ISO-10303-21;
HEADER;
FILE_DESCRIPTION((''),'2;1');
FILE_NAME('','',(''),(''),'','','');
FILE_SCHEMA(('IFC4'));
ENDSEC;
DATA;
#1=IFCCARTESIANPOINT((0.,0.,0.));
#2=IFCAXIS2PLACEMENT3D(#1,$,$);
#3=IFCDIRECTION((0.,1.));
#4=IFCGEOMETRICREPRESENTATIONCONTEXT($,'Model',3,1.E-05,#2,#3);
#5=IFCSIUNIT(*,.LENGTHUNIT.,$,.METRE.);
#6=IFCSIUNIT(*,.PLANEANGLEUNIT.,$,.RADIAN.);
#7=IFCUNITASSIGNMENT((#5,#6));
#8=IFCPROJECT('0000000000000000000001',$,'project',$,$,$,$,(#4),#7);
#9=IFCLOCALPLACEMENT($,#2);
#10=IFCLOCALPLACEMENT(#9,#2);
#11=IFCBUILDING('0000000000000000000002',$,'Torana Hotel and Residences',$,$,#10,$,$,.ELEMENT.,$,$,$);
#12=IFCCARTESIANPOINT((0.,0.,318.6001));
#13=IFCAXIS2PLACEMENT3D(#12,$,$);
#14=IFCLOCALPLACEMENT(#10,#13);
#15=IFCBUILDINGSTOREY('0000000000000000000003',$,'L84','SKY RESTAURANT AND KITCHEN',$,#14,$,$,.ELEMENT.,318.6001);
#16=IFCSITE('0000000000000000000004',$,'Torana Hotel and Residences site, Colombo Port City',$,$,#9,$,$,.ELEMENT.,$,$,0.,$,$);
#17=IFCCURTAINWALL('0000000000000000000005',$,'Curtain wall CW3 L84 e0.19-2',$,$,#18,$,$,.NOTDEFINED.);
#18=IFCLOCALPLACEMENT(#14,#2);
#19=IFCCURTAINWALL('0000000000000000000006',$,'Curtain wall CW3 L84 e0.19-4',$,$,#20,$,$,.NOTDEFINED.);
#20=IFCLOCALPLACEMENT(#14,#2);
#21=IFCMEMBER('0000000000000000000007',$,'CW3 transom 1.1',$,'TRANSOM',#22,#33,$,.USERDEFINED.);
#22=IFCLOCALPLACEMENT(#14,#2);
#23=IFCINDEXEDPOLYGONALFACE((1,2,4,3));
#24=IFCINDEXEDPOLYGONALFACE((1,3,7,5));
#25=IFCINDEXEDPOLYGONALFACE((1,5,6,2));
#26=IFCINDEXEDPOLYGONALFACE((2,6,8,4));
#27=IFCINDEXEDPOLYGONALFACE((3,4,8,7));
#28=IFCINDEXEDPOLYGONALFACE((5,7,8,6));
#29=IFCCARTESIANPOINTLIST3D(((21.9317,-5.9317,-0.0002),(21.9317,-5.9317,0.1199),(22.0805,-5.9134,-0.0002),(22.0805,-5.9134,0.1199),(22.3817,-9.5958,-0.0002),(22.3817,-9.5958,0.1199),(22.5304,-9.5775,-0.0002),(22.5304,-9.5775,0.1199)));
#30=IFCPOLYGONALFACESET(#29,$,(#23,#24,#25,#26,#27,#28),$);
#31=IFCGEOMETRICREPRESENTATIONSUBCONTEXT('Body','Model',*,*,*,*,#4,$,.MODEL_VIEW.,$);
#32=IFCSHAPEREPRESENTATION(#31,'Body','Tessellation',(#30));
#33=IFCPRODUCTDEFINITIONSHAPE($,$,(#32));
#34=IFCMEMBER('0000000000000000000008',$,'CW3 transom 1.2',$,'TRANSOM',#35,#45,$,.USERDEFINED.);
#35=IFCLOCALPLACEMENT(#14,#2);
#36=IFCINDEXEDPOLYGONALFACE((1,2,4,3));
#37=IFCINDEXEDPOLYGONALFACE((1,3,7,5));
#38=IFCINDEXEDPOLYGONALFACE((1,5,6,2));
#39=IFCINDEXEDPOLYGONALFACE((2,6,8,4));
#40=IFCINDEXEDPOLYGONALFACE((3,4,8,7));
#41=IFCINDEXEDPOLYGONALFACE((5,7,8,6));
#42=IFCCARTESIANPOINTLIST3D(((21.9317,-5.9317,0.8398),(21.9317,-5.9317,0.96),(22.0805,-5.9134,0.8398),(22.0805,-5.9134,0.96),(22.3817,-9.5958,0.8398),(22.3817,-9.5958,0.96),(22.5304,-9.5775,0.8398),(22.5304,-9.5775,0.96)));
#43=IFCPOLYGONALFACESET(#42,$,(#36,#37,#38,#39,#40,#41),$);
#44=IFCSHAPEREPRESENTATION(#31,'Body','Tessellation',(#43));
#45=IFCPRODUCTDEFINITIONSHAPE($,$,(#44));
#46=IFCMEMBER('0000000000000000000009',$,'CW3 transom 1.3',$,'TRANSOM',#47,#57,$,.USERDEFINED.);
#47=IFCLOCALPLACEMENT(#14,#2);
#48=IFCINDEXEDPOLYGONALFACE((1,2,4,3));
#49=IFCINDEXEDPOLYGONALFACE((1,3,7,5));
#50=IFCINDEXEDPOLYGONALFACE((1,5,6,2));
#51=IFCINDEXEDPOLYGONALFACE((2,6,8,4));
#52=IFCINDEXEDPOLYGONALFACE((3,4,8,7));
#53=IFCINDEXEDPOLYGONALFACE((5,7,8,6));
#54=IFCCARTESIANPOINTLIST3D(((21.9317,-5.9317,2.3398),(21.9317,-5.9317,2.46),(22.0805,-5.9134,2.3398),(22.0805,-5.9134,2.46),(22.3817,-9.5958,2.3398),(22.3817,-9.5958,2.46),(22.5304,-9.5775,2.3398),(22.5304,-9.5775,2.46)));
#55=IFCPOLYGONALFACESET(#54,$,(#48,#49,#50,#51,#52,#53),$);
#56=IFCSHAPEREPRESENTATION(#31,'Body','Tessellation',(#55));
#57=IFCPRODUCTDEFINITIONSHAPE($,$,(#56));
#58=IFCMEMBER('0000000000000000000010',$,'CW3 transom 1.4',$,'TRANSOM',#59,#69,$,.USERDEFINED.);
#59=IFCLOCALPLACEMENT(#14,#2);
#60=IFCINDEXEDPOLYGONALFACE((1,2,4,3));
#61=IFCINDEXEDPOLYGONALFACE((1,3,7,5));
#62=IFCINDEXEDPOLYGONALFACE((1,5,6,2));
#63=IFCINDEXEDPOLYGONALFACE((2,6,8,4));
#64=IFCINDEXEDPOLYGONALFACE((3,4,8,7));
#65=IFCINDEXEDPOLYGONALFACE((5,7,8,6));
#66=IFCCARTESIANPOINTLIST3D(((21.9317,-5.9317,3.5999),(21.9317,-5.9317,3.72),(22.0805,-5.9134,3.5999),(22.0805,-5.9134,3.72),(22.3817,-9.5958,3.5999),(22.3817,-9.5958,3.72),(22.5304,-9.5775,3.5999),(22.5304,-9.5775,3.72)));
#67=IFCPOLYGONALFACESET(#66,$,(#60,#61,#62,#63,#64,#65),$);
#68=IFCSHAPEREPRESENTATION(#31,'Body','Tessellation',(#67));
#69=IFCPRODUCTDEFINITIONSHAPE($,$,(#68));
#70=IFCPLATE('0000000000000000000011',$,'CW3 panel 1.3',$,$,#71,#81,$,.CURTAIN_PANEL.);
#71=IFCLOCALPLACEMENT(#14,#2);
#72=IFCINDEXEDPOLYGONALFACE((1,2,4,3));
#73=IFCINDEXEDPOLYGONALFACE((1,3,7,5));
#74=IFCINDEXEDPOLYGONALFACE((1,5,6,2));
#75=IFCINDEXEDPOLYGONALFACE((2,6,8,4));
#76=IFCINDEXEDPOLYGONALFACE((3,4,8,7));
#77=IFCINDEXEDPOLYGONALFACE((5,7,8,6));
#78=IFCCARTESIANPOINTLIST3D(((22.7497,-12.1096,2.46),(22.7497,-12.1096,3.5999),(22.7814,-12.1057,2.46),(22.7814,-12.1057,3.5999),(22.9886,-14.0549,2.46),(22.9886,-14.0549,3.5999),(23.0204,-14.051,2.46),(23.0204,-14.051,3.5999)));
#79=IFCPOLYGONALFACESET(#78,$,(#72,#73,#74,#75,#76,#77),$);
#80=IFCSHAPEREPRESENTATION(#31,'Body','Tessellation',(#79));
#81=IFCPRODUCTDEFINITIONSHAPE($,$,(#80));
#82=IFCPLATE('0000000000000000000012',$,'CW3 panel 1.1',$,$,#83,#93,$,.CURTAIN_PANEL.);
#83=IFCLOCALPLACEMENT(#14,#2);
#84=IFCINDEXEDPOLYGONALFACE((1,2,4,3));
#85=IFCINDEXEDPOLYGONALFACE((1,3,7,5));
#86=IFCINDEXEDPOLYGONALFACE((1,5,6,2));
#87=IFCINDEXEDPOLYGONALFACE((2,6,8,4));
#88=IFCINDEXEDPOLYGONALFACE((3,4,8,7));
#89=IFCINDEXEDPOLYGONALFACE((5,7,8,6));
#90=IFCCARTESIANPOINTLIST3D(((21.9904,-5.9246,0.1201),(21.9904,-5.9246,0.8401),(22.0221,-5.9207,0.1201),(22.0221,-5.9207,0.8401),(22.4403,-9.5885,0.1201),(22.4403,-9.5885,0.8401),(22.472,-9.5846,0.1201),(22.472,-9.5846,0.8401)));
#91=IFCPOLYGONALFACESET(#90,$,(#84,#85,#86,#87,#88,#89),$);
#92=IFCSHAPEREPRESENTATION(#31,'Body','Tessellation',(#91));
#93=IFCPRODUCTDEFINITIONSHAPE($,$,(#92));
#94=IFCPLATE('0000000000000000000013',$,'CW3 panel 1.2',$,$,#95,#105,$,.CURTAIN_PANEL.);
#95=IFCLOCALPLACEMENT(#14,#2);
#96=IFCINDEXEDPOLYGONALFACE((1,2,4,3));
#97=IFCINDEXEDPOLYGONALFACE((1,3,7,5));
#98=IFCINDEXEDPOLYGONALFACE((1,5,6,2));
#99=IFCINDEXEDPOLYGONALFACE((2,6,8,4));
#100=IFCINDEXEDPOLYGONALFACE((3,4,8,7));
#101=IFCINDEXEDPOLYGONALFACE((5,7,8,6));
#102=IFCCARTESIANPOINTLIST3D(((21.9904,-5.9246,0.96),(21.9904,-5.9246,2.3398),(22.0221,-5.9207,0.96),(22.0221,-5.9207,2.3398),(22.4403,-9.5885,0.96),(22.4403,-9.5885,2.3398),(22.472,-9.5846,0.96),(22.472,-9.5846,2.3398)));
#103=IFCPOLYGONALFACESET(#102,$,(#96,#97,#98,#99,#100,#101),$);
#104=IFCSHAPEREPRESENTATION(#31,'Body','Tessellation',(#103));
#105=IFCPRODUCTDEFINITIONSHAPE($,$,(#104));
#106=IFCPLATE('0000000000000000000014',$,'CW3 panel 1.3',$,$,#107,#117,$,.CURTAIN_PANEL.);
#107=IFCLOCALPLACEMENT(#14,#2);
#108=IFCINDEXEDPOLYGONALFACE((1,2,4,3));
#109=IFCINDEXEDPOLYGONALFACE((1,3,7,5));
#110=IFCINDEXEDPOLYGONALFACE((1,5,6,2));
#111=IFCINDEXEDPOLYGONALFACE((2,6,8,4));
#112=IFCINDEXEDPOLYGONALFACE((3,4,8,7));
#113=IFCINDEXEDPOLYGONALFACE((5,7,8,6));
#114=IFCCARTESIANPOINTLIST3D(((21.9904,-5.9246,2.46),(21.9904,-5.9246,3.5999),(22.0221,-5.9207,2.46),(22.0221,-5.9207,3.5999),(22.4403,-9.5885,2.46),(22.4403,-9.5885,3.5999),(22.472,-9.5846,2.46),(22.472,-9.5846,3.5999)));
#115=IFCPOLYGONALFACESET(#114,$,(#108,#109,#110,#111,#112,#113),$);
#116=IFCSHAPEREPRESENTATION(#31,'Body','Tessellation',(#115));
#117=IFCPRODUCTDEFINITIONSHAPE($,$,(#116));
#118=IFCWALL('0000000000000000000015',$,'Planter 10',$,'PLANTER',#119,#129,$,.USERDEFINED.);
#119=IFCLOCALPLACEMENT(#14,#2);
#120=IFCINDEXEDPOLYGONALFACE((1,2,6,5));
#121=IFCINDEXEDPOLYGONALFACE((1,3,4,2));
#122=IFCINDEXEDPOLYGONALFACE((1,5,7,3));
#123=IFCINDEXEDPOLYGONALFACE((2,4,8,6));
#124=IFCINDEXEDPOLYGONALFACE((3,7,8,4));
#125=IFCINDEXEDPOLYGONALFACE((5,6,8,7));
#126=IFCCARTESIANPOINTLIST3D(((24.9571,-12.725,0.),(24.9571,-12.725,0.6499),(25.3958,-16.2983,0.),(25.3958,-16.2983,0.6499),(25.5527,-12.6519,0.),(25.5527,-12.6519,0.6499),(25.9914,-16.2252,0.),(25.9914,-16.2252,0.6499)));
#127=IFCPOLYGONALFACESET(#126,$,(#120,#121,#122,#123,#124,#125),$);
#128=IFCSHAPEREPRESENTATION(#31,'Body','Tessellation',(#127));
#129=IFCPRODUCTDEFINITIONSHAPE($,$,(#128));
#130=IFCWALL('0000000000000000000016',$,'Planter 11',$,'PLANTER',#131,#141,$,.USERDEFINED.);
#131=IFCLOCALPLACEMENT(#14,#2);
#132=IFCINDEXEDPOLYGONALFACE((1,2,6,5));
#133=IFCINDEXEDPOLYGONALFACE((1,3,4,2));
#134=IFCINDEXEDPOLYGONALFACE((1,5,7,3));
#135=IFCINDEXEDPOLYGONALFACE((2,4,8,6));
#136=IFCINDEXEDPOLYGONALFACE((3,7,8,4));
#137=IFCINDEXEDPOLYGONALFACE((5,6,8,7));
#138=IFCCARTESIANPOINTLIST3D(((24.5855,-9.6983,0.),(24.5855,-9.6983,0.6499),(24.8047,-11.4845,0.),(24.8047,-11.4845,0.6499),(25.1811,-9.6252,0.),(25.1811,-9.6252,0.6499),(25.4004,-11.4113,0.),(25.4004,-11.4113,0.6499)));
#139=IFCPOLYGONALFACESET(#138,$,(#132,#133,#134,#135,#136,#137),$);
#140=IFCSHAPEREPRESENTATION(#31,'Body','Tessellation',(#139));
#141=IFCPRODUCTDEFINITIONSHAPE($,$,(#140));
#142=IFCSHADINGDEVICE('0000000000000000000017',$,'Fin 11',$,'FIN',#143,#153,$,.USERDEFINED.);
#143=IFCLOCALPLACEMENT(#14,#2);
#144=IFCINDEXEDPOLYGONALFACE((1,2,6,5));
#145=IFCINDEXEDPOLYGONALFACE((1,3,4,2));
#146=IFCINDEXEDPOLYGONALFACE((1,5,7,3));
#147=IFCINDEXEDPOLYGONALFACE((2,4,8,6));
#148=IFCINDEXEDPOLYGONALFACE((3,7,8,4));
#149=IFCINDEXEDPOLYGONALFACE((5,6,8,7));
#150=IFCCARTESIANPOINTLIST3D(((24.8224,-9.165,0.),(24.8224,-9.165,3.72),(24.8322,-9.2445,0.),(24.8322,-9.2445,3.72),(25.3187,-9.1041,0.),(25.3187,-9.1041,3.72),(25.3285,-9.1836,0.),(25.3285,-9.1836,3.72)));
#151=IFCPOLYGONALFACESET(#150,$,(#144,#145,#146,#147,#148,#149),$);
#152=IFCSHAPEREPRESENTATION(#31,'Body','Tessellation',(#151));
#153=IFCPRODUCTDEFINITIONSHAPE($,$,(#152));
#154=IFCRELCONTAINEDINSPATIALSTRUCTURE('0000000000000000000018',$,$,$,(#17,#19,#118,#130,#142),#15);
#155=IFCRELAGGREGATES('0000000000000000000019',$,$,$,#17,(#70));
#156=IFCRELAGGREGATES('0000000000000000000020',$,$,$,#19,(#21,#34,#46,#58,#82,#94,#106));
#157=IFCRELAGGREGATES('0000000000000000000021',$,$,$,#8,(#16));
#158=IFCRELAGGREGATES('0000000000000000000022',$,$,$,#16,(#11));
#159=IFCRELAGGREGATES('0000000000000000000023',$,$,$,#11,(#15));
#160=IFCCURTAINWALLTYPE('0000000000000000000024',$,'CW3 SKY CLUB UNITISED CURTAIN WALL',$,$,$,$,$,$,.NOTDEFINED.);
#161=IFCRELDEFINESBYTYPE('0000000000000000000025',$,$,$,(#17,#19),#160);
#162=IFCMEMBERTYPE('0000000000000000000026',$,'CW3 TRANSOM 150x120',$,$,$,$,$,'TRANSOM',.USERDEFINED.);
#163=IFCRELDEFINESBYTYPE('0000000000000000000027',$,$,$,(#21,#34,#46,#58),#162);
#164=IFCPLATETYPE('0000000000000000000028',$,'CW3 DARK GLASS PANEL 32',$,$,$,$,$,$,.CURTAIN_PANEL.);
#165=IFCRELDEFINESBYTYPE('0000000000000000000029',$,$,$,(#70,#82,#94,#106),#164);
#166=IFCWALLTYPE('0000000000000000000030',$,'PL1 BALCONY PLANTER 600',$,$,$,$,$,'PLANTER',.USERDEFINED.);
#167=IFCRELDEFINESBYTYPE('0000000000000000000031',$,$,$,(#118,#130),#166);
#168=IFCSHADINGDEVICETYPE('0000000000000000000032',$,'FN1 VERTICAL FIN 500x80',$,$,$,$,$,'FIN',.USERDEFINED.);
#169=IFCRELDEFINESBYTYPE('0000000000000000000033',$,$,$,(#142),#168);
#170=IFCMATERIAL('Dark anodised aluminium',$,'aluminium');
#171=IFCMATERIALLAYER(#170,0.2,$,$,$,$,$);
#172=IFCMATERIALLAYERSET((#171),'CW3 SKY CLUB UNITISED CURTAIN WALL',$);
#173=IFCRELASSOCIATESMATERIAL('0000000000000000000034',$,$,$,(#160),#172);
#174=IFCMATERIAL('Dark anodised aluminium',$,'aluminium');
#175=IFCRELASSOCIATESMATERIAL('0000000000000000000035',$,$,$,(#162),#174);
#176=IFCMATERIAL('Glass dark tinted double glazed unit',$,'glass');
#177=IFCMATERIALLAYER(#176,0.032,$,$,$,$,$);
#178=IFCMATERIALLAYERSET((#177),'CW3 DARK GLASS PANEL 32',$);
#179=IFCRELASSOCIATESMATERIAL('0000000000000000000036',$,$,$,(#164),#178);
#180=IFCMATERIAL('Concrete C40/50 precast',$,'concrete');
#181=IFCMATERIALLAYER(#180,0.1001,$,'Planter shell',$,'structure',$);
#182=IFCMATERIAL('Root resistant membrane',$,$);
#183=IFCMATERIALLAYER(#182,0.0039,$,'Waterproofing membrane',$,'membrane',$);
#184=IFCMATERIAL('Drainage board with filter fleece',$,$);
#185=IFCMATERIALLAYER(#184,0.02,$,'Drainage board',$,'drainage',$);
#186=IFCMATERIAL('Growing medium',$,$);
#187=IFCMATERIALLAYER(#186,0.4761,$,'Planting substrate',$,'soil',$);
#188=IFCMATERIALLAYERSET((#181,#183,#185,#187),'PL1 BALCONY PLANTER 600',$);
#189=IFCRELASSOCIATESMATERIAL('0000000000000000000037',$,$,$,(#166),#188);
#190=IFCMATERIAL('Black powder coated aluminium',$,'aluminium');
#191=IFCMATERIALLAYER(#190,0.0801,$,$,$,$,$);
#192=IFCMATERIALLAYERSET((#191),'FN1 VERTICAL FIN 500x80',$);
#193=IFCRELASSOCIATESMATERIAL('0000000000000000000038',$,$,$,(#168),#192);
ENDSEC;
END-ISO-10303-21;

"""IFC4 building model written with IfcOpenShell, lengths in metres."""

from ifc_helpers import new_model, si_unit, direction, frame, frame_2d, origin, origin_2d, place, context, subcontext, project, spatial, rectangle, extrude, material, layer, layer_set, material_profile, profile_set, type_object, element, aggregate, save


model = new_model("IFC4")

# Units and contexts
model_context = context("Model", 3, precision=1e-05, world=origin(), true_north=direction((0.0, 1.0)))
body_context = subcontext(model_context, "Body", "Model", "MODEL_VIEW")
ifc_project = project(units=[si_unit("LENGTHUNIT", "METRE"), si_unit("PLANEANGLEUNIT", "RADIAN")], contexts=[model_context])

# Site, building, storey
site_placement = place(None, origin())
site = spatial("IfcSite", under=ifc_project, at=site_placement, Name="Torana Hotel and Residences site, Colombo Port City", CompositionType="ELEMENT", RefElevation=0.0)
building_placement = place(site_placement, origin())
building = spatial("IfcBuilding", under=site, at=building_placement, Name="Torana Hotel and Residences", CompositionType="ELEMENT")
storey_placement = place(building_placement, frame((0.0, 0.0, 318.6001)))
storey = spatial("IfcBuildingStorey", under=building, at=storey_placement, Name="L84", Description="SKY RESTAURANT AND KITCHEN", CompositionType="ELEMENT", Elevation=318.6001)

# Curtain wall
ifc_material_1 = material(Name="Dark anodised aluminium", Category="aluminium")
ifc_layer_1 = layer(ifc_material_1, 0.2)
ifc_layer_set_1 = layer_set([ifc_layer_1], Name="CW3 SKY CLUB UNITISED CURTAIN WALL")
curtain_wall_type = type_object("IfcCurtainWallType", Name="CW3 SKY CLUB UNITISED CURTAIN WALL", PredefinedType="NOTDEFINED", material=ifc_layer_set_1)
curtain_wall_1_placement = place(storey_placement, origin())
curtain_wall_1 = element("IfcCurtainWall", 1, at=curtain_wall_1_placement, inside=storey, type_object=curtain_wall_type, Name="Curtain wall CW3 L84 e0.19-2", PredefinedType="NOTDEFINED")

# Curtain wall, members
curtain_wall_2_placement = place(storey_placement, origin())
curtain_wall_2 = element("IfcCurtainWall", 2, at=curtain_wall_2_placement, inside=storey, type_object=curtain_wall_type, Name="Curtain wall CW3 L84 e0.19-4", PredefinedType="NOTDEFINED")
ifc_material_2 = material(Name="Dark anodised aluminium", Category="aluminium")
ifc_material_profile_1 = material_profile(ifc_material_2, rectangle(XDim=0.1499, YDim=0.1201, at=origin_2d()), Name="CW3 TRANSOM 150x120")
ifc_profile_set_1 = profile_set([ifc_material_profile_1], Name="Dark anodised aluminium")
member_type_1 = type_object("IfcMemberType", Name="CW3 TRANSOM 150x120", ElementType="TRANSOM", PredefinedType="USERDEFINED", material=ifc_profile_set_1)
member_1_placement = place(storey_placement, frame((22.4561, -9.5867, 0.0598), z_axis=(-0.121886, 0.992544, 0.0), x_axis=(-0.992544, -0.121886, 0.0)))
member_1 = element("IfcMember", 3, at=member_1_placement, type_object=member_type_1, Name="CW3 transom 1.1", ObjectType="TRANSOM", PredefinedType="USERDEFINED", context=body_context, shape_type="SweptSolid", body=[
    extrude(rectangle(XDim=0.1499, YDim=0.1201, at=origin_2d()), origin(), (0.0, 0.0, 1.0), 3.6917),
])
member_2_placement = place(storey_placement, frame((22.4561, -9.5867, 0.8999), z_axis=(-0.121886, 0.992544, 0.0), x_axis=(-0.992544, -0.121886, 0.0)))
member_2 = element("IfcMember", 4, at=member_2_placement, type_object=member_type_1, Name="CW3 transom 1.2", ObjectType="TRANSOM", PredefinedType="USERDEFINED", context=body_context, shape_type="SweptSolid", body=[
    extrude(rectangle(XDim=0.1499, YDim=0.1201, at=origin_2d()), origin(), (0.0, 0.0, 1.0), 3.6917),
])
member_3_placement = place(storey_placement, frame((22.4561, -9.5867, 2.3999), z_axis=(-0.121886, 0.992544, 0.0), x_axis=(-0.992544, -0.121886, 0.0)))
member_3 = element("IfcMember", 5, at=member_3_placement, type_object=member_type_1, Name="CW3 transom 1.3", ObjectType="TRANSOM", PredefinedType="USERDEFINED", context=body_context, shape_type="SweptSolid", body=[
    extrude(rectangle(XDim=0.1499, YDim=0.1201, at=origin_2d()), origin(), (0.0, 0.0, 1.0), 3.6917),
])
member_4_placement = place(storey_placement, frame((22.4561, -9.5867, 3.6599), z_axis=(-0.121886, 0.992544, 0.0), x_axis=(-0.992544, -0.121886, 0.0)))
member_4 = element("IfcMember", 6, at=member_4_placement, type_object=member_type_1, Name="CW3 transom 1.4", ObjectType="TRANSOM", PredefinedType="USERDEFINED", context=body_context, shape_type="SweptSolid", body=[
    extrude(rectangle(XDim=0.1499, YDim=0.1201, at=origin_2d()), origin(), (0.0, 0.0, 1.0), 3.6917),
])

# Plates
ifc_material_3 = material(Name="Glass dark tinted double glazed unit", Category="glass")
ifc_layer_2 = layer(ifc_material_3, 0.032)
ifc_layer_set_2 = layer_set([ifc_layer_2], Name="CW3 DARK GLASS PANEL 32")
plate_type = type_object("IfcPlateType", Name="CW3 DARK GLASS PANEL 32", PredefinedType="CURTAIN_PANEL", material=ifc_layer_set_2)
plate_1_placement = place(storey_placement, frame((22.885, -13.0803, 2.46), z_axis=(0.0, 0.0, 1.0), x_axis=(-0.121913, 0.992541, 0.0)))
plate_1 = element("IfcPlate", 7, at=plate_1_placement, type_object=plate_type, Name="CW3 panel 1.3", PredefinedType="CURTAIN_PANEL", context=body_context, shape_type="SweptSolid", body=[
    extrude(rectangle(XDim=1.96, YDim=0.032, at=origin_2d()), origin(), (0.0, 0.0, 1.0), 1.1399),
])
aggregate(curtain_wall_1, [plate_1])
plate_2_placement = place(storey_placement, frame((22.2312, -7.7546, 0.1201), z_axis=(0.0, 0.0, 1.0), x_axis=(-0.121885, 0.992544, 0.0)))
plate_2 = element("IfcPlate", 8, at=plate_2_placement, type_object=plate_type, Name="CW3 panel 1.1", PredefinedType="CURTAIN_PANEL", context=body_context, shape_type="SweptSolid", body=[
    extrude(rectangle(XDim=3.6914, YDim=0.032, at=origin_2d()), origin(), (0.0, 0.0, 1.0), 0.72),
])
plate_3_placement = place(storey_placement, frame((22.2312, -7.7546, 0.96), z_axis=(0.0, 0.0, 1.0), x_axis=(-0.121885, 0.992544, 0.0)))
plate_3 = element("IfcPlate", 9, at=plate_3_placement, type_object=plate_type, Name="CW3 panel 1.2", PredefinedType="CURTAIN_PANEL", context=body_context, shape_type="SweptSolid", body=[
    extrude(rectangle(XDim=3.6914, YDim=0.032, at=origin_2d()), origin(), (0.0, 0.0, 1.0), 1.3799),
])
plate_4_placement = place(storey_placement, frame((22.2312, -7.7546, 2.46), z_axis=(0.0, 0.0, 1.0), x_axis=(-0.121885, 0.992544, 0.0)))
plate_4 = element("IfcPlate", 10, at=plate_4_placement, type_object=plate_type, Name="CW3 panel 1.3", PredefinedType="CURTAIN_PANEL", context=body_context, shape_type="SweptSolid", body=[
    extrude(rectangle(XDim=3.6914, YDim=0.032, at=origin_2d()), origin(), (0.0, 0.0, 1.0), 1.1399),
])
aggregate(curtain_wall_2, [member_1, member_2, member_3, member_4, plate_2, plate_3, plate_4])

# Walls
ifc_material_4 = material(Name="Concrete C40/50 precast", Category="concrete")
ifc_layer_3 = layer(ifc_material_4, 0.1001, Name="Planter shell", Category="structure")
ifc_material_5 = material(Name="Root resistant membrane")
ifc_layer_4 = layer(ifc_material_5, 0.0039, Name="Waterproofing membrane", Category="membrane")
ifc_material_6 = material(Name="Drainage board with filter fleece")
ifc_layer_5 = layer(ifc_material_6, 0.02, Name="Drainage board", Category="drainage")
ifc_material_7 = material(Name="Growing medium")
ifc_layer_6 = layer(ifc_material_7, 0.4761, Name="Planting substrate", Category="soil")
ifc_layer_set_3 = layer_set([ifc_layer_3, ifc_layer_4, ifc_layer_5, ifc_layer_6], Name="PL1 BALCONY PLANTER 600")
wall_type_1 = type_object("IfcWallType", Name="PL1 BALCONY PLANTER 600", ElementType="PLANTER", PredefinedType="USERDEFINED", material=ifc_layer_set_3)
wall_1_placement = place(storey_placement, frame((25.2549, -12.6885, 0.0), z_axis=(0.0, 0.0, 1.0), x_axis=(0.121864, -0.992547, 0.0)))
element("IfcWall", 11, at=wall_1_placement, inside=storey, type_object=wall_type_1, Name="Planter 10", ObjectType="PLANTER", PredefinedType="USERDEFINED", context=body_context, shape_type="SweptSolid", body=[
    extrude(rectangle(XDim=3.6001, YDim=0.6001, at=frame_2d((1.8, 0.0))), origin(), (0.0, 0.0, 1.0), 0.6499),
])
wall_2_placement = place(storey_placement, frame((24.8833, -9.6616, 0.0), z_axis=(0.0, 0.0, 1.0), x_axis=(0.12183, -0.992551, 0.0)))
element("IfcWall", 12, at=wall_2_placement, inside=storey, type_object=wall_type_1, Name="Planter 11", ObjectType="PLANTER", PredefinedType="USERDEFINED", context=body_context, shape_type="SweptSolid", body=[
    extrude(rectangle(XDim=1.7996, YDim=0.6001, at=frame_2d((0.8999, 0.0))), origin(), (0.0, 0.0, 1.0), 0.6499),
])

# Shading device
ifc_material_8 = material(Name="Black powder coated aluminium", Category="aluminium")
ifc_layer_7 = layer(ifc_material_8, 0.0801)
ifc_layer_set_4 = layer_set([ifc_layer_7], Name="FN1 VERTICAL FIN 500x80")
shading_device_type = type_object("IfcShadingDeviceType", Name="FN1 VERTICAL FIN 500x80", ElementType="FIN", PredefinedType="USERDEFINED", material=ifc_layer_set_4)
shading_device_placement = place(storey_placement, frame((25.0754, -9.1743, 0.0), z_axis=(0.0, 0.0, 1.0), x_axis=(0.121868, -0.992546, 0.0)))
element("IfcShadingDevice", 13, at=shading_device_placement, inside=storey, type_object=shading_device_type, Name="Fin 11", ObjectType="FIN", PredefinedType="USERDEFINED", context=body_context, shape_type="SweptSolid", body=[
    extrude(rectangle(XDim=0.0801, YDim=0.5, at=origin_2d()), origin(), (0.0, 0.0, 1.0), 3.72),
])

save(model, "model.ifc")
